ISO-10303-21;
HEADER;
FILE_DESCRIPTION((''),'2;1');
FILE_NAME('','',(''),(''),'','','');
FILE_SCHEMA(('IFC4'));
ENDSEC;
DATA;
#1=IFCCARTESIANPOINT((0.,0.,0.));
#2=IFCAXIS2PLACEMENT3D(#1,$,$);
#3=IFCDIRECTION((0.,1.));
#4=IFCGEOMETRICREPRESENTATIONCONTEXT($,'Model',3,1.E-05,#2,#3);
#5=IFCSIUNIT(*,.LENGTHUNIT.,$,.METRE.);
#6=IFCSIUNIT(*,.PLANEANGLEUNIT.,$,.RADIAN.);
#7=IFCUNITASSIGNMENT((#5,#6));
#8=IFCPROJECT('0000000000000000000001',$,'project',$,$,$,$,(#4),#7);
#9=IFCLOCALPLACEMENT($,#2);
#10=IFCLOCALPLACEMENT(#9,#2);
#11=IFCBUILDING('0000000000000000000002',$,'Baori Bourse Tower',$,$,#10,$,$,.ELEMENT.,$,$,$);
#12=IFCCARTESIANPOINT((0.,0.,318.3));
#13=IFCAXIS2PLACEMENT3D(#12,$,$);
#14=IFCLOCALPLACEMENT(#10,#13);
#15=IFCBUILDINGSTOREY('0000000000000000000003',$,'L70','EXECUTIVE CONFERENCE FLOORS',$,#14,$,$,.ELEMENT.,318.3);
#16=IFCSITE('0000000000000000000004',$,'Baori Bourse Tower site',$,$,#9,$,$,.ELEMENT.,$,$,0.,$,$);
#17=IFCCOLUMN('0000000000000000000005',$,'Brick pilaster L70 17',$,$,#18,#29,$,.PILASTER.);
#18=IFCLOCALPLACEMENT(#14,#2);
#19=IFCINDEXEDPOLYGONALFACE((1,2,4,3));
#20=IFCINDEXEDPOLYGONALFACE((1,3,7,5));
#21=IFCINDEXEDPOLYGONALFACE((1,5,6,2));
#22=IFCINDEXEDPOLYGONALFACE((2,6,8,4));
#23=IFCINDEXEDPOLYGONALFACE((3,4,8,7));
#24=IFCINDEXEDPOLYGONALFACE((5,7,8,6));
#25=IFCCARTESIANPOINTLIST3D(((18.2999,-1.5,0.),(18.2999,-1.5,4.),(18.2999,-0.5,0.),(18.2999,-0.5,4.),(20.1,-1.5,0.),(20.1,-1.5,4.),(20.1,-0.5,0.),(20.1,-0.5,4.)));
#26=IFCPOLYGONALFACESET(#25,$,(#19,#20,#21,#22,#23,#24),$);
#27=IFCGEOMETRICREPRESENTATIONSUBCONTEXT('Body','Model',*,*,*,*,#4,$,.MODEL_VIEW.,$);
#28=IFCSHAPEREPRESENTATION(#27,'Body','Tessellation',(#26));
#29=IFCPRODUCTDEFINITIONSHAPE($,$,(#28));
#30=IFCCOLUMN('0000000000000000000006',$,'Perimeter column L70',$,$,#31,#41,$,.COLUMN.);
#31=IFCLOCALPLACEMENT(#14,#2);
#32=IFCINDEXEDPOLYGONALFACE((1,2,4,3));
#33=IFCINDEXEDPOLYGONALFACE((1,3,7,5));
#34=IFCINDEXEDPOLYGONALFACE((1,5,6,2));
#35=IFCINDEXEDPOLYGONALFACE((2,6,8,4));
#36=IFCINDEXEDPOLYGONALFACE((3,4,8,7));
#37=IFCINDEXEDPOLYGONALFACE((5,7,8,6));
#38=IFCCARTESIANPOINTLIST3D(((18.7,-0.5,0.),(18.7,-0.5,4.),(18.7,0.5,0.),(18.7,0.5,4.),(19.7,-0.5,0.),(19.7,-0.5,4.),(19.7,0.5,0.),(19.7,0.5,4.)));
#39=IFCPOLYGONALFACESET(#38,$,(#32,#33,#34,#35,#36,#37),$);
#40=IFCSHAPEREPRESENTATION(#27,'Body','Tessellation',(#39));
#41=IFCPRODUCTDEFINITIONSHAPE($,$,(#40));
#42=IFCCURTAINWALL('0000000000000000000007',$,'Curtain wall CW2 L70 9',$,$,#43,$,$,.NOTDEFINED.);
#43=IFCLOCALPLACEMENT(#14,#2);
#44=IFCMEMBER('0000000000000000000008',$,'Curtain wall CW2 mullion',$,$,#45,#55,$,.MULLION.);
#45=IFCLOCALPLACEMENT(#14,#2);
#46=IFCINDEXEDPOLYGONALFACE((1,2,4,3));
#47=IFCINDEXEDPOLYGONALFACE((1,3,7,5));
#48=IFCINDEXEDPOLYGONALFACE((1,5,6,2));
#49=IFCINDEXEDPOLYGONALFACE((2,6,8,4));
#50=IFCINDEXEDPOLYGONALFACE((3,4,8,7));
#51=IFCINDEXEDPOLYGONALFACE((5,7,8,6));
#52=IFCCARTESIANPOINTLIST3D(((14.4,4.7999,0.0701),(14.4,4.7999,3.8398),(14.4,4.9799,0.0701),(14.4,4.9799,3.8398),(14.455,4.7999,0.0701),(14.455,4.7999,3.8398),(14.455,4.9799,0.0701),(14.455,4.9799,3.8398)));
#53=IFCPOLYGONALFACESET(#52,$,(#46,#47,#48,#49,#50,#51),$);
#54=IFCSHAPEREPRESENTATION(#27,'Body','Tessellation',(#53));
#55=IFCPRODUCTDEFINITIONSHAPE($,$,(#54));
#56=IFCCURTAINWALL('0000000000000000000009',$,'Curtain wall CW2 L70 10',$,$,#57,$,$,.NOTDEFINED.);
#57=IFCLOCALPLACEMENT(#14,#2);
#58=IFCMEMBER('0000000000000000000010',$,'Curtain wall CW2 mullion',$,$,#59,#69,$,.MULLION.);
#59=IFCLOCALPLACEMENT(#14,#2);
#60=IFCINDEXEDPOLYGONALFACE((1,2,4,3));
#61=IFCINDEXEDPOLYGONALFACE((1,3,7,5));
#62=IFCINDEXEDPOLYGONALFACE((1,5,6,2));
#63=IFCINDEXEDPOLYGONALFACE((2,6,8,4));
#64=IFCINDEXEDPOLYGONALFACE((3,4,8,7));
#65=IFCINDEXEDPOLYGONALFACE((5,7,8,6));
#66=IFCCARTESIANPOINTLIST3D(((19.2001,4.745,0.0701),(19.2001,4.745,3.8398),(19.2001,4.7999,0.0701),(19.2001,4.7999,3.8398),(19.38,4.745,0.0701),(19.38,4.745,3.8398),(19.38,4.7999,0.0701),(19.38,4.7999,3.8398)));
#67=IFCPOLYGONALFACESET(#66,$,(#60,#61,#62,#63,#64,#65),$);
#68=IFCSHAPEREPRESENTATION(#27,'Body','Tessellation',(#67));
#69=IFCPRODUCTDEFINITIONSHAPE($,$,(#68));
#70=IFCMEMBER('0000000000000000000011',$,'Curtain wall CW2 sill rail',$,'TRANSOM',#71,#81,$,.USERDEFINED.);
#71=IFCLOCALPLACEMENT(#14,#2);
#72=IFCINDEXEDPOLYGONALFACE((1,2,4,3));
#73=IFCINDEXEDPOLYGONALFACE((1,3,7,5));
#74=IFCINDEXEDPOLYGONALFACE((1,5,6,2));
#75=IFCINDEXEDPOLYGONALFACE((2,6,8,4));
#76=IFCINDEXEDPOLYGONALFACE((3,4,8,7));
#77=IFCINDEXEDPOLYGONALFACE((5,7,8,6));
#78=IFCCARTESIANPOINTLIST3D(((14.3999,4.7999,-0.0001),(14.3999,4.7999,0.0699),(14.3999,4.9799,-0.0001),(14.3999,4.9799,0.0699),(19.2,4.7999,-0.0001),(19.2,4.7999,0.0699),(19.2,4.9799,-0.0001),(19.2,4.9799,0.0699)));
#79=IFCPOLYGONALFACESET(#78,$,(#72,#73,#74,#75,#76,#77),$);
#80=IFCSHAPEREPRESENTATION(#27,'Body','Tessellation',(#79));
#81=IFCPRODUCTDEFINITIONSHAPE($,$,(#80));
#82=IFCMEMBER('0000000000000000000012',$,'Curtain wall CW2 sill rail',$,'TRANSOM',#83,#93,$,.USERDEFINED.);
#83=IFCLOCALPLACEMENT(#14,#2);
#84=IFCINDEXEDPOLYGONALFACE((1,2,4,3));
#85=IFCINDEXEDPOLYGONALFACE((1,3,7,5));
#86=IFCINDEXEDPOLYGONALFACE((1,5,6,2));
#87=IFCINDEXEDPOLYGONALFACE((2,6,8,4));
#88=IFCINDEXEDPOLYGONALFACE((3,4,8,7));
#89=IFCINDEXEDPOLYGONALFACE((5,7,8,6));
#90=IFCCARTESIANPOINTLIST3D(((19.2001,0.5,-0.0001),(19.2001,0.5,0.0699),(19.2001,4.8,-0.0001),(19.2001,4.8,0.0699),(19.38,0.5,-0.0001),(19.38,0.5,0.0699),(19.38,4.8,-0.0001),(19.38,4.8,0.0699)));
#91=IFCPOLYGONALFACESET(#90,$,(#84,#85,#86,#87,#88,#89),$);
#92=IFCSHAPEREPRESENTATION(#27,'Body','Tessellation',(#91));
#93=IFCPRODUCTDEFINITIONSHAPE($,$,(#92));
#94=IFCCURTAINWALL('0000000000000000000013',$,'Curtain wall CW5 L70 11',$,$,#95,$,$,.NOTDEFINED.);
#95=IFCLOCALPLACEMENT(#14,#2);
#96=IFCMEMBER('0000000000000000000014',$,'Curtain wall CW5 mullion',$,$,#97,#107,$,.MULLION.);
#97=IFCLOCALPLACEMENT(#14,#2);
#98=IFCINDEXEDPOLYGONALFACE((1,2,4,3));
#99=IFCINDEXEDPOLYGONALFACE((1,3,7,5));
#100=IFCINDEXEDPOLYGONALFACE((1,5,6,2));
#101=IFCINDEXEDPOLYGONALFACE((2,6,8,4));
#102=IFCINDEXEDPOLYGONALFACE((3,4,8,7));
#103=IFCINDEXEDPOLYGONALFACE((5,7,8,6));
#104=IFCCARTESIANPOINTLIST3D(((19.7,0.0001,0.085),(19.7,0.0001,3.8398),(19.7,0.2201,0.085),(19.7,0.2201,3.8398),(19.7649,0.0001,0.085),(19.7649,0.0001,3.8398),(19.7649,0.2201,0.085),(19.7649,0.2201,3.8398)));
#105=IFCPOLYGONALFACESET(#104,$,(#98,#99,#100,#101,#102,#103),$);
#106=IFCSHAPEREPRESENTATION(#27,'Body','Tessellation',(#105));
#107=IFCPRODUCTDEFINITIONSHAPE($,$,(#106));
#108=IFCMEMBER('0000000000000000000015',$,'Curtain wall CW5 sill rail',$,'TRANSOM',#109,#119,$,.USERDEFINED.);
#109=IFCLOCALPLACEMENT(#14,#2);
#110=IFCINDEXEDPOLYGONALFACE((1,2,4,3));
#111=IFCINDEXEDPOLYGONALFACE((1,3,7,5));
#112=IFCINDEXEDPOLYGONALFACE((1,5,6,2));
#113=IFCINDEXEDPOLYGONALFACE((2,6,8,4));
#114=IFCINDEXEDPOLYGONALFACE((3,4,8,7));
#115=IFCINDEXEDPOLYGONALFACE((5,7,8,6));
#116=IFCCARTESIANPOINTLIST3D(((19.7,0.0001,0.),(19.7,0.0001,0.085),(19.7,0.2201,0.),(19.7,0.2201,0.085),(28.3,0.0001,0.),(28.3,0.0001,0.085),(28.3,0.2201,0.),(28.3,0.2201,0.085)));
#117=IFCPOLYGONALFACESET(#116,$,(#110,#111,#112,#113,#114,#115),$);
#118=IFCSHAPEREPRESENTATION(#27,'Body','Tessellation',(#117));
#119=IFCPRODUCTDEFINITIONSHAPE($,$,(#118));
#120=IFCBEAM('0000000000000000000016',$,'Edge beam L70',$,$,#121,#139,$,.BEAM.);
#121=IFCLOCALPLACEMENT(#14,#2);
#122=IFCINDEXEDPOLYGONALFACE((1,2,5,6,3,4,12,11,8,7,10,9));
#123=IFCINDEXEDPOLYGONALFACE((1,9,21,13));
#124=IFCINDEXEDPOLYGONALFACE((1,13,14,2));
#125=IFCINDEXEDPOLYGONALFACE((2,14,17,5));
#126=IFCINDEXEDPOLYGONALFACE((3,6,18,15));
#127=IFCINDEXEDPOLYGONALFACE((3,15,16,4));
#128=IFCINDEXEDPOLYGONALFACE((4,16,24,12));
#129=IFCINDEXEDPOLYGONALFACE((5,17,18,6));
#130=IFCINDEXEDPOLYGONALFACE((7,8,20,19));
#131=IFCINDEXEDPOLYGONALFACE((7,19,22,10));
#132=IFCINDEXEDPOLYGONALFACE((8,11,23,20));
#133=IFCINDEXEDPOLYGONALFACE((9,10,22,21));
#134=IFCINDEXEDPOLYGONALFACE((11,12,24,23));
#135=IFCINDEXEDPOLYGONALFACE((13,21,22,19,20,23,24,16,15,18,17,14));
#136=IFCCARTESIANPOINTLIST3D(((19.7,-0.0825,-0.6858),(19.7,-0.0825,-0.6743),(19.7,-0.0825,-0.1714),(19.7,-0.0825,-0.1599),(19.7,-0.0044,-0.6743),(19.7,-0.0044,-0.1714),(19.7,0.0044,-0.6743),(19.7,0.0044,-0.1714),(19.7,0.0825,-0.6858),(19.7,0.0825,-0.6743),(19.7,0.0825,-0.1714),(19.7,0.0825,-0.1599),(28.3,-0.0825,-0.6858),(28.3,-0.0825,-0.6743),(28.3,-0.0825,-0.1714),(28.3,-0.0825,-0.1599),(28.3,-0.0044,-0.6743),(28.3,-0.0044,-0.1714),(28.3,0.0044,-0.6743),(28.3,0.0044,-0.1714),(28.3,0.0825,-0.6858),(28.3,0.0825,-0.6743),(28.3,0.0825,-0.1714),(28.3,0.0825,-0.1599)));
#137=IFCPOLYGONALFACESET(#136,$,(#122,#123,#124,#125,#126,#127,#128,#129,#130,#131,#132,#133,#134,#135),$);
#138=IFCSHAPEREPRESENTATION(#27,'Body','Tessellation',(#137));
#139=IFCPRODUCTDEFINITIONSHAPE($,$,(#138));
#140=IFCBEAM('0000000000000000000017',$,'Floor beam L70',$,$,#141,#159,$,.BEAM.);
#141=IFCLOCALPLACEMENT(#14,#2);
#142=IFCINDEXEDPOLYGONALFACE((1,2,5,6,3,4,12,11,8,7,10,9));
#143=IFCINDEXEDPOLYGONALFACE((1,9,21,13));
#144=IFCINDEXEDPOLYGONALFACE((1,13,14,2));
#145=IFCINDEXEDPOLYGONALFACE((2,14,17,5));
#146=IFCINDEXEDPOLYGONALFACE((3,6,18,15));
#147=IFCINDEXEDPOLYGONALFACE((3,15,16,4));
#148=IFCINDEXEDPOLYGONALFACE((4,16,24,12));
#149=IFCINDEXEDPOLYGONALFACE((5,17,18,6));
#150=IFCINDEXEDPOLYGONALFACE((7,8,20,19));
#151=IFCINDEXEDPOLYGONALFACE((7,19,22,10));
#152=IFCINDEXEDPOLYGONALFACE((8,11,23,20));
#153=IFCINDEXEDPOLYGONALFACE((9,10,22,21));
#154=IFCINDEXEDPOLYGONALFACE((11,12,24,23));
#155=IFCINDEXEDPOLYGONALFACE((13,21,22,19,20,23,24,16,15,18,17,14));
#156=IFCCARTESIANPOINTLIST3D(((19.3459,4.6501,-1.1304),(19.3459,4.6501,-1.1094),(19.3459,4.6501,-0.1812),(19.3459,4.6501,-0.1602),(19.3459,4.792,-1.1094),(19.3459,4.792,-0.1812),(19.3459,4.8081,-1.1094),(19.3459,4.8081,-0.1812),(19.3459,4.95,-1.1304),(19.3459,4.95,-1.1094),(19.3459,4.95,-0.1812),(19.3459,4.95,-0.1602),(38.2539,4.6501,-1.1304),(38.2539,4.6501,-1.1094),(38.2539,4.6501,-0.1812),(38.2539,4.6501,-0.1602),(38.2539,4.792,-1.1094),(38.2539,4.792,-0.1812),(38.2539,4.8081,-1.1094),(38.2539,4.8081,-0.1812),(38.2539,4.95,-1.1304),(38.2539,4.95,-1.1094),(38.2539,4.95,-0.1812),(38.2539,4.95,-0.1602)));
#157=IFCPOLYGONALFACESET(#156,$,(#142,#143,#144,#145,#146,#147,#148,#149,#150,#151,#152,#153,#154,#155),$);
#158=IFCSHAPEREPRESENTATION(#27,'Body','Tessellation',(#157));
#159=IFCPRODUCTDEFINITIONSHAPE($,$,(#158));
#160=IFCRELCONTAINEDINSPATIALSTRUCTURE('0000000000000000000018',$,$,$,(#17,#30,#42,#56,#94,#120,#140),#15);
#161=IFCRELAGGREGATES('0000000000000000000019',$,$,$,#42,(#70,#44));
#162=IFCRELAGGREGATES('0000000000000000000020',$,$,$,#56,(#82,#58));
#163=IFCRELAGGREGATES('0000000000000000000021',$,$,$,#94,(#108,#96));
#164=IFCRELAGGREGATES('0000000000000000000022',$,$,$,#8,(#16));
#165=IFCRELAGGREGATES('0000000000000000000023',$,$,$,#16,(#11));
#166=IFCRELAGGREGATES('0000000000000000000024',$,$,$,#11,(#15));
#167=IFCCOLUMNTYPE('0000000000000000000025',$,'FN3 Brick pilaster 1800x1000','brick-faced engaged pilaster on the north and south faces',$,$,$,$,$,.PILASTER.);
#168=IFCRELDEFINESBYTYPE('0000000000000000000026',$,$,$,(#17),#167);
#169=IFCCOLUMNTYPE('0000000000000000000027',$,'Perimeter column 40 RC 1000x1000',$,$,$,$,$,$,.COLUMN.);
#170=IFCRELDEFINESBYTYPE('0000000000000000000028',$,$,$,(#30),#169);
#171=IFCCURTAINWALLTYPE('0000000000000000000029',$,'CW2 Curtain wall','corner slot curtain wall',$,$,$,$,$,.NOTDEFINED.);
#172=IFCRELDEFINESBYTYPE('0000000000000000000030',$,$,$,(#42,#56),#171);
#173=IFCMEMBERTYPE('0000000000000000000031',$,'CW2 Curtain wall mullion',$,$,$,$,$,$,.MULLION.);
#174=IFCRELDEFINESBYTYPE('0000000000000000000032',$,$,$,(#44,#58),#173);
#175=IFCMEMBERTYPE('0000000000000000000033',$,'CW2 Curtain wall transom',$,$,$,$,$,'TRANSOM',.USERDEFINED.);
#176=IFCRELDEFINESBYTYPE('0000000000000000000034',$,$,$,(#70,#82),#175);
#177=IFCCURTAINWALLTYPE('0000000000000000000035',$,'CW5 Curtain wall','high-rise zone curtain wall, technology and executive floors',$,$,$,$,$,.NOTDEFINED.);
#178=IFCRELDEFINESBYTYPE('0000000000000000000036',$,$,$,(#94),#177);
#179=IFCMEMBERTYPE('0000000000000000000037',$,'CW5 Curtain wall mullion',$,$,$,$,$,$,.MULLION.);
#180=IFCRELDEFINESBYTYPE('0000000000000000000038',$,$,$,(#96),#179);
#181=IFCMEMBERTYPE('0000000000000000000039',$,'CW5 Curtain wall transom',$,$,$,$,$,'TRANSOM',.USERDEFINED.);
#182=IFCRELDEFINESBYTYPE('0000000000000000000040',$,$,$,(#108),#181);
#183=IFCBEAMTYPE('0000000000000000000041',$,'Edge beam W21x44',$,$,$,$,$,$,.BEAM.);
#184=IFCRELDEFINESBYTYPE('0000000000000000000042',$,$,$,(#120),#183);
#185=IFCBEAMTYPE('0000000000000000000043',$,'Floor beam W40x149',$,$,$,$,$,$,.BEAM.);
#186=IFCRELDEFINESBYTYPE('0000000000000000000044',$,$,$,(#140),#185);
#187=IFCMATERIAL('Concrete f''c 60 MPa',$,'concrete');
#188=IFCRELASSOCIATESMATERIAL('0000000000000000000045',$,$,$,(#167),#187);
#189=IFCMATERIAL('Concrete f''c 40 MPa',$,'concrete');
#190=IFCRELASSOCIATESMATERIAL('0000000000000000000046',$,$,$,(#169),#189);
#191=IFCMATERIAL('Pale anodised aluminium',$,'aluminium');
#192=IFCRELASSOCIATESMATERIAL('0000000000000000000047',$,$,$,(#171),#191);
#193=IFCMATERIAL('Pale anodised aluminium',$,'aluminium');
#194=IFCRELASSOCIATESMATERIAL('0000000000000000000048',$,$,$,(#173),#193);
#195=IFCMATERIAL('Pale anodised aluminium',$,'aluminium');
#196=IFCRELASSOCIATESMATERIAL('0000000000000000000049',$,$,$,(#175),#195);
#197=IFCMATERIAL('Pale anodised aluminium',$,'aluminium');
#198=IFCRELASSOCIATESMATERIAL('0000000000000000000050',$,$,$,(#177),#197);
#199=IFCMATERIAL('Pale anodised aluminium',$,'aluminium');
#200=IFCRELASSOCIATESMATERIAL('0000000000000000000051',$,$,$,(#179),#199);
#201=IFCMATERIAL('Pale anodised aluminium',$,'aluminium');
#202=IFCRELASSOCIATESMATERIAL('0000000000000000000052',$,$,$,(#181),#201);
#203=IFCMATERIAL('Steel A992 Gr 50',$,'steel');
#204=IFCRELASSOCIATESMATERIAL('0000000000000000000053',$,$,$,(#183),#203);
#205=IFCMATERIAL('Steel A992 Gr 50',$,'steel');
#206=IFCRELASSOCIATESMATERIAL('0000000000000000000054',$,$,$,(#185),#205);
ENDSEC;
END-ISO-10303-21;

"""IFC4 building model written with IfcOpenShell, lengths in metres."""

from ifc_helpers import new_model, si_unit, direction, frame, origin, origin_2d, place, context, subcontext, project, spatial, rectangle, i_section, extrude, material, material_profile, profile_set, type_object, element, aggregate, save


model = new_model("IFC4")

# Units and contexts
model_context = context("Model", 3, precision=1e-05, world=origin(), true_north=direction((0.0, 1.0)))
body_context = subcontext(model_context, "Body", "Model", "MODEL_VIEW")
ifc_project = project(units=[si_unit("LENGTHUNIT", "METRE"), si_unit("PLANEANGLEUNIT", "RADIAN")], contexts=[model_context])

# Site, building, storey
site_placement = place(None, origin())
site = spatial("IfcSite", under=ifc_project, at=site_placement, Name="Baori Bourse Tower site", CompositionType="ELEMENT", RefElevation=0.0)
building_placement = place(site_placement, origin())
building = spatial("IfcBuilding", under=site, at=building_placement, Name="Baori Bourse Tower", CompositionType="ELEMENT")
storey_placement = place(building_placement, frame((0.0, 0.0, 318.3)))
storey = spatial("IfcBuildingStorey", under=building, at=storey_placement, Name="L70", Description="EXECUTIVE CONFERENCE FLOORS", CompositionType="ELEMENT", Elevation=318.3)

# Columns
ifc_material_1 = material(Name="Concrete f'c 60 MPa", Category="concrete")
ifc_material_profile_1 = material_profile(ifc_material_1, rectangle(XDim=1.8, YDim=1.0, at=origin_2d()), Name="RC 1800x1000")
ifc_profile_set_1 = profile_set([ifc_material_profile_1], Name="Concrete f'c 60 MPa")
column_type_1 = type_object("IfcColumnType", Name="FN3 Brick pilaster 1800x1000", Description="brick-faced engaged pilaster on the north and south faces", PredefinedType="PILASTER", material=ifc_profile_set_1)
column_1_placement = place(storey_placement, frame((19.2, -1.0, 0.0), z_axis=(0.0, 0.0, 1.0), x_axis=(1.0, 0.0, 0.0)))
element("IfcColumn", 1, at=column_1_placement, inside=storey, type_object=column_type_1, Name="Brick pilaster L70 17", PredefinedType="PILASTER", context=body_context, shape_type="SweptSolid", body=[
    extrude(rectangle(XDim=1.8, YDim=1.0, at=origin_2d()), origin(), (0.0, 0.0, 1.0), 4.0),
])
ifc_material_2 = material(Name="Concrete f'c 40 MPa", Category="concrete")
ifc_material_profile_2 = material_profile(ifc_material_2, rectangle(XDim=1.0, YDim=1.0, at=origin_2d()), Name="RC 1000x1000")
ifc_profile_set_2 = profile_set([ifc_material_profile_2], Name="Concrete f'c 40 MPa")
column_type_2 = type_object("IfcColumnType", Name="Perimeter column 40 RC 1000x1000", PredefinedType="COLUMN", material=ifc_profile_set_2)
column_2_placement = place(storey_placement, frame((19.2, 0.0, 0.0), z_axis=(0.0, 0.0, 1.0), x_axis=(1.0, 0.0, 0.0)))
element("IfcColumn", 2, at=column_2_placement, inside=storey, type_object=column_type_2, Name="Perimeter column L70", PredefinedType="COLUMN", context=body_context, shape_type="SweptSolid", body=[
    extrude(rectangle(XDim=1.0, YDim=1.0, at=origin_2d()), origin(), (0.0, 0.0, 1.0), 4.0),
])

# Curtain walls, members
ifc_material_3 = material(Name="Pale anodised aluminium", Category="aluminium")
curtain_wall_type_1 = type_object("IfcCurtainWallType", Name="CW2 Curtain wall", Description="corner slot curtain wall", PredefinedType="NOTDEFINED", material=ifc_material_3)
curtain_wall_1_placement = place(storey_placement, origin())
curtain_wall_1 = element("IfcCurtainWall", 3, at=curtain_wall_1_placement, inside=storey, type_object=curtain_wall_type_1, Name="Curtain wall CW2 L70 9", PredefinedType="NOTDEFINED")
ifc_material_4 = material(Name="Pale anodised aluminium", Category="aluminium")
ifc_material_profile_3 = material_profile(ifc_material_4, rectangle(XDim=0.1799, YDim=0.0549, at=origin_2d()), Name="Mullion 55x180")
ifc_profile_set_3 = profile_set([ifc_material_profile_3], Name="Pale anodised aluminium")
member_type_1 = type_object("IfcMemberType", Name="CW2 Curtain wall mullion", PredefinedType="MULLION", material=ifc_profile_set_3)
member_1_placement = place(storey_placement, frame((14.4275, 4.8899, 0.0701), z_axis=(0.0, 0.0, 1.0), x_axis=(0.0, 1.0, 0.0)))
member_1 = element("IfcMember", 4, at=member_1_placement, type_object=member_type_1, Name="Curtain wall CW2 mullion", PredefinedType="MULLION", context=body_context, shape_type="SweptSolid", body=[
    extrude(rectangle(XDim=0.1799, YDim=0.0549, at=origin_2d()), origin(), (0.0, 0.0, 1.0), 3.7698),
])
curtain_wall_2_placement = place(storey_placement, origin())
curtain_wall_2 = element("IfcCurtainWall", 5, at=curtain_wall_2_placement, inside=storey, type_object=curtain_wall_type_1, Name="Curtain wall CW2 L70 10", PredefinedType="NOTDEFINED")
member_2_placement = place(storey_placement, frame((19.29, 4.7725, 0.0701), z_axis=(0.0, 0.0, 1.0), x_axis=(1.0, 0.0, 0.0)))
member_2 = element("IfcMember", 6, at=member_2_placement, type_object=member_type_1, Name="Curtain wall CW2 mullion", PredefinedType="MULLION", context=body_context, shape_type="SweptSolid", body=[
    extrude(rectangle(XDim=0.1799, YDim=0.0549, at=origin_2d()), origin(), (0.0, 0.0, 1.0), 3.7698),
])

# Members
ifc_material_5 = material(Name="Pale anodised aluminium", Category="aluminium")
ifc_material_profile_4 = material_profile(ifc_material_5, rectangle(XDim=0.1799, YDim=0.0701, at=origin_2d()), Name="Transom 70x180")
ifc_profile_set_4 = profile_set([ifc_material_profile_4], Name="Pale anodised aluminium")
member_type_2 = type_object("IfcMemberType", Name="CW2 Curtain wall transom", ElementType="TRANSOM", PredefinedType="USERDEFINED", material=ifc_profile_set_4)
member_3_placement = place(storey_placement, frame((14.3999, 4.8899, 0.0349), z_axis=(1.0, 0.0, 0.0), x_axis=(0.0, 1.0, 0.0)))
member_3 = element("IfcMember", 7, at=member_3_placement, type_object=member_type_2, Name="Curtain wall CW2 sill rail", ObjectType="TRANSOM", PredefinedType="USERDEFINED", context=body_context, shape_type="SweptSolid", body=[
    extrude(rectangle(XDim=0.1799, YDim=0.0701, at=origin_2d()), origin(), (0.0, 0.0, 1.0), 4.8),
])
aggregate(curtain_wall_1, [member_3, member_1])
member_4_placement = place(storey_placement, frame((19.29, 4.8, 0.0349), z_axis=(0.0, -1.0, 0.0), x_axis=(1.0, 0.0, 0.0)))
member_4 = element("IfcMember", 8, at=member_4_placement, type_object=member_type_2, Name="Curtain wall CW2 sill rail", ObjectType="TRANSOM", PredefinedType="USERDEFINED", context=body_context, shape_type="SweptSolid", body=[
    extrude(rectangle(XDim=0.1799, YDim=0.0701, at=origin_2d()), origin(), (0.0, 0.0, 1.0), 4.3),
])

# Curtain wall, members
ifc_material_6 = material(Name="Pale anodised aluminium", Category="aluminium")
curtain_wall_type_2 = type_object("IfcCurtainWallType", Name="CW5 Curtain wall", Description="high-rise zone curtain wall, technology and executive floors", PredefinedType="NOTDEFINED", material=ifc_material_6)
curtain_wall_3_placement = place(storey_placement, origin())
curtain_wall_3 = element("IfcCurtainWall", 9, at=curtain_wall_3_placement, inside=storey, type_object=curtain_wall_type_2, Name="Curtain wall CW5 L70 11", PredefinedType="NOTDEFINED")
ifc_material_7 = material(Name="Pale anodised aluminium", Category="aluminium")
ifc_material_profile_5 = material_profile(ifc_material_7, rectangle(XDim=0.22, YDim=0.0649, at=origin_2d()), Name="Mullion 65x220")
ifc_profile_set_5 = profile_set([ifc_material_profile_5], Name="Pale anodised aluminium")
member_type_3 = type_object("IfcMemberType", Name="CW5 Curtain wall mullion", PredefinedType="MULLION", material=ifc_profile_set_5)
member_5_placement = place(storey_placement, frame((19.7324, 0.1101, 0.085), z_axis=(0.0, 0.0, 1.0), x_axis=(0.0, 1.0, 0.0)))
member_5 = element("IfcMember", 10, at=member_5_placement, type_object=member_type_3, Name="Curtain wall CW5 mullion", PredefinedType="MULLION", context=body_context, shape_type="SweptSolid", body=[
    extrude(rectangle(XDim=0.22, YDim=0.0649, at=origin_2d()), origin(), (0.0, 0.0, 1.0), 3.7549),
])
ifc_material_8 = material(Name="Pale anodised aluminium", Category="aluminium")
ifc_material_profile_6 = material_profile(ifc_material_8, rectangle(XDim=0.22, YDim=0.085, at=origin_2d()), Name="Transom 85x220")
ifc_profile_set_6 = profile_set([ifc_material_profile_6], Name="Pale anodised aluminium")
member_type_4 = type_object("IfcMemberType", Name="CW5 Curtain wall transom", ElementType="TRANSOM", PredefinedType="USERDEFINED", material=ifc_profile_set_6)
member_6_placement = place(storey_placement, frame((19.7, 0.1101, 0.0425), z_axis=(1.0, 0.0, 0.0), x_axis=(0.0, 1.0, 0.0)))
member_6 = element("IfcMember", 11, at=member_6_placement, type_object=member_type_4, Name="Curtain wall CW5 sill rail", ObjectType="TRANSOM", PredefinedType="USERDEFINED", context=body_context, shape_type="SweptSolid", body=[
    extrude(rectangle(XDim=0.22, YDim=0.085, at=origin_2d()), origin(), (0.0, 0.0, 1.0), 8.6001),
])

# Beams
ifc_material_9 = material(Name="Steel A992 Gr 50", Category="steel")
ifc_material_profile_7 = material_profile(ifc_material_9, i_section(OverallWidth=0.165, OverallDepth=0.5259, WebThickness=0.0088, FlangeThickness=0.0115, at=origin_2d()), Name="W21x44")
ifc_profile_set_7 = profile_set([ifc_material_profile_7], Name="Steel A992 Gr 50")
beam_type_1 = type_object("IfcBeamType", Name="Edge beam W21x44", PredefinedType="BEAM", material=ifc_profile_set_7)
beam_1_placement = place(storey_placement, frame((19.7, 0.0, -0.4229), z_axis=(1.0, 0.0, 0.0), x_axis=(0.0, 1.0, 0.0)))
element("IfcBeam", 12, at=beam_1_placement, inside=storey, type_object=beam_type_1, Name="Edge beam L70", PredefinedType="BEAM", context=body_context, shape_type="SweptSolid", body=[
    extrude(i_section(OverallWidth=0.165, OverallDepth=0.5259, WebThickness=0.0088, FlangeThickness=0.0115, at=origin_2d()), origin(), (0.0, 0.0, 1.0), 8.6001),
])
ifc_material_10 = material(Name="Steel A992 Gr 50", Category="steel")
ifc_material_profile_8 = material_profile(ifc_material_10, i_section(OverallWidth=0.2998, OverallDepth=0.9702, WebThickness=0.0161, FlangeThickness=0.021, at=origin_2d()), Name="W40x149")
ifc_profile_set_8 = profile_set([ifc_material_profile_8], Name="Steel A992 Gr 50")
beam_type_2 = type_object("IfcBeamType", Name="Floor beam W40x149", PredefinedType="BEAM", material=ifc_profile_set_8)
beam_2_placement = place(storey_placement, frame((19.3459, 4.8, -0.6453), z_axis=(1.0, 0.0, 0.0), x_axis=(0.0, 1.0, 0.0)))
element("IfcBeam", 13, at=beam_2_placement, inside=storey, type_object=beam_type_2, Name="Floor beam L70", PredefinedType="BEAM", context=body_context, shape_type="SweptSolid", body=[
    extrude(i_section(OverallWidth=0.2998, OverallDepth=0.9702, WebThickness=0.0161, FlangeThickness=0.021, at=origin_2d()), origin(), (0.0, 0.0, 1.0), 18.908),
])

aggregate(curtain_wall_2, [member_4, member_2])
aggregate(curtain_wall_3, [member_6, member_5])

save(model, "model.ifc")
